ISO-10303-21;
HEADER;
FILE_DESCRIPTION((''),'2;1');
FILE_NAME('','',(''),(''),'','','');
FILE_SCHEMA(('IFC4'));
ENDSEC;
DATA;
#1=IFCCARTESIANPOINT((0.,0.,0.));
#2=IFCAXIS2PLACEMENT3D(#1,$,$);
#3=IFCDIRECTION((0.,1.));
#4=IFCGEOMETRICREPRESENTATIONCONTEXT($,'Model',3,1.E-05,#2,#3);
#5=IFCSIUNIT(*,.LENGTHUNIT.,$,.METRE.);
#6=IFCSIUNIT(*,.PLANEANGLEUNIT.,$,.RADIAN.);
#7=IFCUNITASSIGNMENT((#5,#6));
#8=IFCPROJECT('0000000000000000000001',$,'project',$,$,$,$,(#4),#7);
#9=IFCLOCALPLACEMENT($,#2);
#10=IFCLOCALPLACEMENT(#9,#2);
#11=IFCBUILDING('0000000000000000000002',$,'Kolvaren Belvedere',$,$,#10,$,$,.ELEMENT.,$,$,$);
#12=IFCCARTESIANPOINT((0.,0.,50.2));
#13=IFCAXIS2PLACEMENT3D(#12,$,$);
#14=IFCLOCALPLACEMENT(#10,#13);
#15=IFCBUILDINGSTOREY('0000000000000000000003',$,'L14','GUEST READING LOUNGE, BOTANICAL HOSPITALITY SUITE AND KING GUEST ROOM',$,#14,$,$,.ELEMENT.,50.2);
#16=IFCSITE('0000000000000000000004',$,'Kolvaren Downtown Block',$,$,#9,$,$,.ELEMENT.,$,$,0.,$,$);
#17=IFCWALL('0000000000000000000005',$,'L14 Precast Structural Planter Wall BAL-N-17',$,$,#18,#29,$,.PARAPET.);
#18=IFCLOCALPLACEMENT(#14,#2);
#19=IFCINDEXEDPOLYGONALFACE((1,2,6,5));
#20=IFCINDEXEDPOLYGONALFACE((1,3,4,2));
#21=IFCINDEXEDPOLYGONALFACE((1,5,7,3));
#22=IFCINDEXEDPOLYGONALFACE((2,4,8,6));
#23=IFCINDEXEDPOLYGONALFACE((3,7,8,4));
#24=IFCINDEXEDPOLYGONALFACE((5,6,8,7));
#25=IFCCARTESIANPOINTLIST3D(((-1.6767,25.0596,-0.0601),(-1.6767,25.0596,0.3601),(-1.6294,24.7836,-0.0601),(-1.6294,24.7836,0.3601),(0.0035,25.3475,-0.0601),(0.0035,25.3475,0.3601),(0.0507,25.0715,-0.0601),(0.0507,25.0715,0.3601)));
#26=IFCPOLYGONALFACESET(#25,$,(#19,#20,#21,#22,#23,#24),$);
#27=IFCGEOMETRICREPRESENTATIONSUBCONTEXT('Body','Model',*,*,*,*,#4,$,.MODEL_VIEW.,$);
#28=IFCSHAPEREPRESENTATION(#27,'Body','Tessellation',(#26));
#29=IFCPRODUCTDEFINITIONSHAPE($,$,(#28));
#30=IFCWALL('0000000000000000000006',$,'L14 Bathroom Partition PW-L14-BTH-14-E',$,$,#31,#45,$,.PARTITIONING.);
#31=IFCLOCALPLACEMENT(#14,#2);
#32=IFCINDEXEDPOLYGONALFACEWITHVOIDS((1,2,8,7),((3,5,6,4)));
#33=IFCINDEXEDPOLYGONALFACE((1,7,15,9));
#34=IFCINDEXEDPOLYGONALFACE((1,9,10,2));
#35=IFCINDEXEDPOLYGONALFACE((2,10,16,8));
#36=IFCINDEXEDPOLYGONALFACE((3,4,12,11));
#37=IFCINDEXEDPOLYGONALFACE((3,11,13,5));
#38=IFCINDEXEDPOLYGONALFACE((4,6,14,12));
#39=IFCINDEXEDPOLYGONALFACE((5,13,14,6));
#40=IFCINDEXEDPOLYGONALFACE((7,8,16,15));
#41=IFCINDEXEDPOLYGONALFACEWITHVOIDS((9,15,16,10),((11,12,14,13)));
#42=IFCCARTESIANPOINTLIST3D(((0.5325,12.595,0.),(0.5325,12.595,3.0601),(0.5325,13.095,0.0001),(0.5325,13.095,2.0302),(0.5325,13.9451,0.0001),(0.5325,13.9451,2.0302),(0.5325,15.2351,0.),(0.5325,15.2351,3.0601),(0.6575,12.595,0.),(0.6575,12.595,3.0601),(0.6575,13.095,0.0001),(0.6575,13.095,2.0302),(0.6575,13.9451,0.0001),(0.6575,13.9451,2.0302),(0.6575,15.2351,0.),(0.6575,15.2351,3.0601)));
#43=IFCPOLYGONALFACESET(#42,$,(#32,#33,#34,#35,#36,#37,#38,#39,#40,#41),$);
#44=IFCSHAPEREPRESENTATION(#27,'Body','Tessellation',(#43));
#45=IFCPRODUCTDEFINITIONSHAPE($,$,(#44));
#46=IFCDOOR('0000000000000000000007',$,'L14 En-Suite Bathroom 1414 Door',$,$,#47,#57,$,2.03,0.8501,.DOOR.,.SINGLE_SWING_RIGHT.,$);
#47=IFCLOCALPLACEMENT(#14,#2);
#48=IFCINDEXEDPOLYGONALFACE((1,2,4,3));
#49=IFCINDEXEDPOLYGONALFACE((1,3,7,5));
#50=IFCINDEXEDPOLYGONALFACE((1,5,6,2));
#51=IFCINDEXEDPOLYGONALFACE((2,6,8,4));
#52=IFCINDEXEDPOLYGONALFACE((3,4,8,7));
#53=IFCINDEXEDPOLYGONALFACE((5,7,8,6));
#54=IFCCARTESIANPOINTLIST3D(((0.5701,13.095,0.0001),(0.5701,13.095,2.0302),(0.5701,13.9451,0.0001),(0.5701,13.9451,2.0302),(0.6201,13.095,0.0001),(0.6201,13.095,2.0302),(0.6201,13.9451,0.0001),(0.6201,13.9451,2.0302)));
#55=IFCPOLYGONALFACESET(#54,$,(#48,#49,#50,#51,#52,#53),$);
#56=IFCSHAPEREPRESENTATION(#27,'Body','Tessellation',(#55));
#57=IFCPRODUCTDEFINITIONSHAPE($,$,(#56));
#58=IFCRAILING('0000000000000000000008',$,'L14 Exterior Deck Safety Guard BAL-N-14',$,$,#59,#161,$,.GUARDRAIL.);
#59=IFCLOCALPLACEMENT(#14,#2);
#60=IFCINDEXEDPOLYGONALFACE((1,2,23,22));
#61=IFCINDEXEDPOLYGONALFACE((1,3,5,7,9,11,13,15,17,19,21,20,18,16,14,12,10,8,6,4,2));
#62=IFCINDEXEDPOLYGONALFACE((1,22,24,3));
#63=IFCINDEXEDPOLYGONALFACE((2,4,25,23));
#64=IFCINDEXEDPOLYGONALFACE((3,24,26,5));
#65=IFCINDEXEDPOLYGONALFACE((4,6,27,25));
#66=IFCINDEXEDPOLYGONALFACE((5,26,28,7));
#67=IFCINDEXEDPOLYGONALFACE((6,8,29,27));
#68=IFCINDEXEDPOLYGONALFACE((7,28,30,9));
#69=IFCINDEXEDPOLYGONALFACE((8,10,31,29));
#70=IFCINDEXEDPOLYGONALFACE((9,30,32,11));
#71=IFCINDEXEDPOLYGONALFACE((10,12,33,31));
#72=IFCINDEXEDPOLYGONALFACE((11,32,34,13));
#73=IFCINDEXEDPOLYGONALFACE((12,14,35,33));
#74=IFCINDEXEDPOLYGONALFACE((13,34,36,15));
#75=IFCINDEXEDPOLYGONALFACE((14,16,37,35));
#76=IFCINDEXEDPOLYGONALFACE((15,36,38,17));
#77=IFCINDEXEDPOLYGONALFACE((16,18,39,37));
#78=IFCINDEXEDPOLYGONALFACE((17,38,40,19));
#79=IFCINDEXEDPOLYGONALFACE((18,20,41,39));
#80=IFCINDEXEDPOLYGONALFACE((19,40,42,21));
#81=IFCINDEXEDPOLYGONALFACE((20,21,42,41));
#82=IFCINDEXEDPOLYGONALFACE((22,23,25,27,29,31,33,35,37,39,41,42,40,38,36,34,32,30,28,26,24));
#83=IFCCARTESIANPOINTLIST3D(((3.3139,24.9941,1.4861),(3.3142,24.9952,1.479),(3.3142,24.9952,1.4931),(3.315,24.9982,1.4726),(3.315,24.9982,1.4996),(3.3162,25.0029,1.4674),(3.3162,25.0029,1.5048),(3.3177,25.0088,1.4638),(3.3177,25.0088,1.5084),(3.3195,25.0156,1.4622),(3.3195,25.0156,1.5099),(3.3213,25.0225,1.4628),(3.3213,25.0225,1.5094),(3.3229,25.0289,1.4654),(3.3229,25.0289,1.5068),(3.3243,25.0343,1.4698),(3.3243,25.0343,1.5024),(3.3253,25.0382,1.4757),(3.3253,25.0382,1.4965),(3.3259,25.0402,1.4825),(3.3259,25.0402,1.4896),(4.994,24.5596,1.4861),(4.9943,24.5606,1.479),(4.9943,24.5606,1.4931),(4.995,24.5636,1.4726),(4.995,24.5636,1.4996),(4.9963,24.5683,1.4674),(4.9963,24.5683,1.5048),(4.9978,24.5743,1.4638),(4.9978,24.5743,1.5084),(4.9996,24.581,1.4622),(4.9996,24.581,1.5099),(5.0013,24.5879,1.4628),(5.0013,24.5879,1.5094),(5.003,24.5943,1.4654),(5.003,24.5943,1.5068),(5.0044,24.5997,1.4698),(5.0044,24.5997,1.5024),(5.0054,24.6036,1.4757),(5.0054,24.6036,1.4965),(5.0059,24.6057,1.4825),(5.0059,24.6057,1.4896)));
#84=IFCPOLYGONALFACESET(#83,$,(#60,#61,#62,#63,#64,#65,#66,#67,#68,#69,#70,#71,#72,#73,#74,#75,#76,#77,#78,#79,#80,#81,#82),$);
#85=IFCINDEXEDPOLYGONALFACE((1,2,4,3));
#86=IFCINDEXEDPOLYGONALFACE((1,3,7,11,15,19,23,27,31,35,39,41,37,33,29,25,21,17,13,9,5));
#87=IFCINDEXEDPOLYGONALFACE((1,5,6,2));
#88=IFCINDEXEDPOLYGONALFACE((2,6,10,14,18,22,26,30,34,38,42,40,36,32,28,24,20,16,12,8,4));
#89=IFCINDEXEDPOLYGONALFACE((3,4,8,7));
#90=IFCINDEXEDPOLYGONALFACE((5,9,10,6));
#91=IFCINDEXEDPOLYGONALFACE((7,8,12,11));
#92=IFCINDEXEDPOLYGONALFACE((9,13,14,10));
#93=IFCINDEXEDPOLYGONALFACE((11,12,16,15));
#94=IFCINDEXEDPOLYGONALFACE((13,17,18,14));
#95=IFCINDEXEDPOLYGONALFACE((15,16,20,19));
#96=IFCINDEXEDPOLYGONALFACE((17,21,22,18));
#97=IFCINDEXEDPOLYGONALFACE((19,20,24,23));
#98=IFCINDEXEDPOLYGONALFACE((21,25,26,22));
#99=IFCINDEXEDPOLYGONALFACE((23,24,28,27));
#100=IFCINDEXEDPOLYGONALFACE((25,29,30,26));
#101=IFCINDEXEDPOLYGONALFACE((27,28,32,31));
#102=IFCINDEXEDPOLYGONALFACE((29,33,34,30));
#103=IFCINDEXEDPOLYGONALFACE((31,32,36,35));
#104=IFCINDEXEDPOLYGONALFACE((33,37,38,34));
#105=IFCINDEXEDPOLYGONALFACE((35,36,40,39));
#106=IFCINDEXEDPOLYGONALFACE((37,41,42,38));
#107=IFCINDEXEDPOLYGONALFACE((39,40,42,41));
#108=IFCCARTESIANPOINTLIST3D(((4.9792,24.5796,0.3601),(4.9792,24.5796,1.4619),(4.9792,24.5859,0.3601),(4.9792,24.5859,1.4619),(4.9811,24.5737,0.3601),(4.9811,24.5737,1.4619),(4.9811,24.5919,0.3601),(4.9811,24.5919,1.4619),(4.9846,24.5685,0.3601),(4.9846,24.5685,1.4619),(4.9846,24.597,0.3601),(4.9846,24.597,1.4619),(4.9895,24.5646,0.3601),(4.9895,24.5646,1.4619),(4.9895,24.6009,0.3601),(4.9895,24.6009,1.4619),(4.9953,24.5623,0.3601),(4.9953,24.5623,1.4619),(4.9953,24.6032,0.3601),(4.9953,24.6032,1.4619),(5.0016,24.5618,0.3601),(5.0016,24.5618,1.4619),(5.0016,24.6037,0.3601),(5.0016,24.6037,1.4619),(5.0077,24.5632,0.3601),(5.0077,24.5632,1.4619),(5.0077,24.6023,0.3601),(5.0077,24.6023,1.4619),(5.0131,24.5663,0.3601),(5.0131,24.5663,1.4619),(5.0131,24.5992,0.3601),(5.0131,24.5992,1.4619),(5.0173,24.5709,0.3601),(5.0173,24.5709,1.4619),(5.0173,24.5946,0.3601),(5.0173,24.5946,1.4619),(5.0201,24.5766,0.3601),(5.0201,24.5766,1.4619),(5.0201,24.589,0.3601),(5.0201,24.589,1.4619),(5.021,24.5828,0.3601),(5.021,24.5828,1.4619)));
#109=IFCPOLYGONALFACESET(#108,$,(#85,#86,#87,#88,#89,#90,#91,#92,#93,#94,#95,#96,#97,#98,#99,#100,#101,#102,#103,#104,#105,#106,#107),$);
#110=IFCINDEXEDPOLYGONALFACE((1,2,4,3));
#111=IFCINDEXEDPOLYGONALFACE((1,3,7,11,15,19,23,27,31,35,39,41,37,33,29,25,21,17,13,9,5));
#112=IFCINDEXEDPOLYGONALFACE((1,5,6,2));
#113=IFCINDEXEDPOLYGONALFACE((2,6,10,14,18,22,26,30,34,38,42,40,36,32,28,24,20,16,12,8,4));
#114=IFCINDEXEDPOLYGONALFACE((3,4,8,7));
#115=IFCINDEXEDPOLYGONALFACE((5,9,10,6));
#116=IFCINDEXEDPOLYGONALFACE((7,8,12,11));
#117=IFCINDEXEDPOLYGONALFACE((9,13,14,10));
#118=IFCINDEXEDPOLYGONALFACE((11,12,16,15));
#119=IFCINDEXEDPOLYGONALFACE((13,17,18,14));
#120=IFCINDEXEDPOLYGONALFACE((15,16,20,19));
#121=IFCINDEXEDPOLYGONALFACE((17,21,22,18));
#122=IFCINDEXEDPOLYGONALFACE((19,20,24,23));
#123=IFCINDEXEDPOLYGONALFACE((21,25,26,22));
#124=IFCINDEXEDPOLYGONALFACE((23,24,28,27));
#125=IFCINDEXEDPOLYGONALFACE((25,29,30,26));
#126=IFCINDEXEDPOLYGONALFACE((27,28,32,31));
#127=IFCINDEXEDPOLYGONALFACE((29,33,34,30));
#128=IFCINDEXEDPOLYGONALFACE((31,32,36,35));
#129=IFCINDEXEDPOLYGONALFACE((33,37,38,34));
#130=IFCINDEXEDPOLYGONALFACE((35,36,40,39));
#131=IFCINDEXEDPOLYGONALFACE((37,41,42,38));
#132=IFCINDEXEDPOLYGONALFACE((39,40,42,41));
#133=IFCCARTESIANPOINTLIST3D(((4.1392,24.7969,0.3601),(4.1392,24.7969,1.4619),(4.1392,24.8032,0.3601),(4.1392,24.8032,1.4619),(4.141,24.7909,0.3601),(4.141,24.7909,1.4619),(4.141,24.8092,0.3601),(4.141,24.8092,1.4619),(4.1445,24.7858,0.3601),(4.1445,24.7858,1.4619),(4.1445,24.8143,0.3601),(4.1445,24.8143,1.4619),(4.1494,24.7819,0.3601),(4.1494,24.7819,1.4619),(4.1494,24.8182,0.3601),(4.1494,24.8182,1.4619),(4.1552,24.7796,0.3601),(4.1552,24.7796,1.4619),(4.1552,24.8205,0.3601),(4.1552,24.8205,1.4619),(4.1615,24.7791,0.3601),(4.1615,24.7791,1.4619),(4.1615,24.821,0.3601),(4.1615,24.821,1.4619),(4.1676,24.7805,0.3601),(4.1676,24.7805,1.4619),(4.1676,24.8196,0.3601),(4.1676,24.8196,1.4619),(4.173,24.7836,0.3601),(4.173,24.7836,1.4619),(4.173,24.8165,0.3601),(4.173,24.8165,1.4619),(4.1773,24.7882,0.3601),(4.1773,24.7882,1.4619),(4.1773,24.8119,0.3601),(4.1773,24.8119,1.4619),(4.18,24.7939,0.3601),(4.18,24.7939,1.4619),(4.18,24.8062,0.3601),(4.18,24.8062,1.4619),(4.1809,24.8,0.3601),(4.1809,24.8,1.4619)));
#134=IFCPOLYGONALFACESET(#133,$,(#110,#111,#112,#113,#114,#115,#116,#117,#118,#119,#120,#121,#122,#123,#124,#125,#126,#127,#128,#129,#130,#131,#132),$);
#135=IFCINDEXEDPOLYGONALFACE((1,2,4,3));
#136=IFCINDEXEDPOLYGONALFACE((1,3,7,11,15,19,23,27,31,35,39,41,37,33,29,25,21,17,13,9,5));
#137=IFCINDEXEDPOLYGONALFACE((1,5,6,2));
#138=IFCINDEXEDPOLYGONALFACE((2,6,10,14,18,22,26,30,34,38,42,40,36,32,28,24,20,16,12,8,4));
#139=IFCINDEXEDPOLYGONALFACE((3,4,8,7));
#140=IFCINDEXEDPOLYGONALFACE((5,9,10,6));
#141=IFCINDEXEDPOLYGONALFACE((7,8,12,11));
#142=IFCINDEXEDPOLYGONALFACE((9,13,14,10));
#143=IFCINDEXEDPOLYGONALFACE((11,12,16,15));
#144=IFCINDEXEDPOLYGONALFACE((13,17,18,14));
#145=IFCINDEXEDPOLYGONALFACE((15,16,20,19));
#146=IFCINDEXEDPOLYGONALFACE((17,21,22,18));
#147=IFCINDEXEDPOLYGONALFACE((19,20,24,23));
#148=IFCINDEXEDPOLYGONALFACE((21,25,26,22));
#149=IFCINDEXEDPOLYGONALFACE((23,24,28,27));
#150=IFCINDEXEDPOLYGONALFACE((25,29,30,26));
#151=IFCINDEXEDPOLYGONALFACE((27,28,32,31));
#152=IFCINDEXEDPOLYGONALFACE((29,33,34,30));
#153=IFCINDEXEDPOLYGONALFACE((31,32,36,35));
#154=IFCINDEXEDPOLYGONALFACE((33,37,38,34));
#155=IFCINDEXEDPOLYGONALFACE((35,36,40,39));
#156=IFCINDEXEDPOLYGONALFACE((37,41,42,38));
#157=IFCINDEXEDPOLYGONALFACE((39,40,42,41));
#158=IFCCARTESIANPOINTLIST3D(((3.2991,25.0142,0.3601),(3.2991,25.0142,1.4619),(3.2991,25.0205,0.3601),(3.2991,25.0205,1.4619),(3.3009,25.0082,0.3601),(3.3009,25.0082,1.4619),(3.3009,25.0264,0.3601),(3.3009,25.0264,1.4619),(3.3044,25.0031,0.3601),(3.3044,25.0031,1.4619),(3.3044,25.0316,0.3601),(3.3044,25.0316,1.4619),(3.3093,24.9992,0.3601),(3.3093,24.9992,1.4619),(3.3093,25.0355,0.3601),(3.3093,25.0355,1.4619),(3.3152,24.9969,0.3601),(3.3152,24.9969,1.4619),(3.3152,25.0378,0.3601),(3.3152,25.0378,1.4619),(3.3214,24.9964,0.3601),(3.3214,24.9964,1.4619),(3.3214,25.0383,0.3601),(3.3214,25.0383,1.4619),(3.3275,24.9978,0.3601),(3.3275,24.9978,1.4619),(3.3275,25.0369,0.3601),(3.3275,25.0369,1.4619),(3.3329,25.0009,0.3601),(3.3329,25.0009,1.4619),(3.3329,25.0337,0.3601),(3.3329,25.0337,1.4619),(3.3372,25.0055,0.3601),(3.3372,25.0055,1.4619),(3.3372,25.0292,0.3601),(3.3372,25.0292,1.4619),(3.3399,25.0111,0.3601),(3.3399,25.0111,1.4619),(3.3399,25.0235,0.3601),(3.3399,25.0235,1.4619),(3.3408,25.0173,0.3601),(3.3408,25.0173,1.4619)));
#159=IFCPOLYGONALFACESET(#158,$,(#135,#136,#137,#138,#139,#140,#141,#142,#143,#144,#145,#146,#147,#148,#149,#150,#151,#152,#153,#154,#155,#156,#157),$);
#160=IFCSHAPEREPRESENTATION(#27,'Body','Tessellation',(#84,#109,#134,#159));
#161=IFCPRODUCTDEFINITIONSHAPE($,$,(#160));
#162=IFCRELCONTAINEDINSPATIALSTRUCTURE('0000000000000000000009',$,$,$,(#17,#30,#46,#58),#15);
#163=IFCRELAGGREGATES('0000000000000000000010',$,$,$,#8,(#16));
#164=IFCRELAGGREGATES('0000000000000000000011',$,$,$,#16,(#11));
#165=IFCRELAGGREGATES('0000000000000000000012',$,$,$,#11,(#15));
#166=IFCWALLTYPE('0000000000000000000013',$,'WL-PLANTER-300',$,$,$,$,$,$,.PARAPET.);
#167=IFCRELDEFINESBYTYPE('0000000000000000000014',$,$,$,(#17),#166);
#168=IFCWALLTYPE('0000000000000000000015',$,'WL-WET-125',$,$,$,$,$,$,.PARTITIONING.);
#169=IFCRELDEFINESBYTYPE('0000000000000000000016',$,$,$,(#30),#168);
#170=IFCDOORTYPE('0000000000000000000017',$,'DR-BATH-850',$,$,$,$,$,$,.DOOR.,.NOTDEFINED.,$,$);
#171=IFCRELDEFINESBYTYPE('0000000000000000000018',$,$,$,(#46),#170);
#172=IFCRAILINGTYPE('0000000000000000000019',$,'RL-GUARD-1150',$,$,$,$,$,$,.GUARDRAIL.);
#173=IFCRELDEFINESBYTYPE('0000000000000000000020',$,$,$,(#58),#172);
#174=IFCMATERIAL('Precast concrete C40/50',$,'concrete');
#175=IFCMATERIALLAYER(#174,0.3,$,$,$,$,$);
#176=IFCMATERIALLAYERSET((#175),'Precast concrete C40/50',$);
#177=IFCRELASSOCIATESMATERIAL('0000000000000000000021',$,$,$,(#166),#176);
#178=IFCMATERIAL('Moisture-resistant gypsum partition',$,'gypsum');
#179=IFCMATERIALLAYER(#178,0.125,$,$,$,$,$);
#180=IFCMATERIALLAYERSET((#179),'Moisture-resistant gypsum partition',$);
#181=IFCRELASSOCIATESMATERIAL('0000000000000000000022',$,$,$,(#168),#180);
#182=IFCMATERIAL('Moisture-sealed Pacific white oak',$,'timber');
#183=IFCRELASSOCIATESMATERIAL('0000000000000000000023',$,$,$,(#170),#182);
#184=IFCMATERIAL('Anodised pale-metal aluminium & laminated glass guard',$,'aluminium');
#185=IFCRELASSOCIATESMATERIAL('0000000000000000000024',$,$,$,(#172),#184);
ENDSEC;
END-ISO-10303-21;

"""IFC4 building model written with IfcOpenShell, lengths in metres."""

from ifc_helpers import new_model, si_unit, direction, frame, frame_2d, origin, origin_2d, place, context, subcontext, project, spatial, rectangle, circle, extrude, material, layer, layer_set, type_object, element, fill, save


model = new_model("IFC4")

# Units and contexts
model_context = context("Model", 3, precision=1e-05, world=origin(), true_north=direction((0.0, 1.0)))
body_context = subcontext(model_context, "Body", "Model", "MODEL_VIEW")
ifc_project = project(units=[si_unit("LENGTHUNIT", "METRE"), si_unit("PLANEANGLEUNIT", "RADIAN")], contexts=[model_context])

# Site, building, storey
site_placement = place(None, origin())
site = spatial("IfcSite", under=ifc_project, at=site_placement, Name="Kolvaren Downtown Block", CompositionType="ELEMENT", RefElevation=0.0)
building_placement = place(site_placement, origin())
building = spatial("IfcBuilding", under=site, at=building_placement, Name="Kolvaren Belvedere", CompositionType="ELEMENT")
storey_placement = place(building_placement, frame((0.0, 0.0, 50.2)))
storey = spatial("IfcBuildingStorey", under=building, at=storey_placement, Name="L14", Description="GUEST READING LOUNGE, BOTANICAL HOSPITALITY SUITE AND KING GUEST ROOM", CompositionType="ELEMENT", Elevation=50.2)

# Wall
ifc_material_1 = material(Name="Precast concrete C40/50", Category="concrete")
ifc_layer_1 = layer(ifc_material_1, 0.3)
ifc_layer_set_1 = layer_set([ifc_layer_1], Name="Precast concrete C40/50")
wall_type_1 = type_object("IfcWallType", Name="WL-PLANTER-300", PredefinedType="PARAPET", material=ifc_layer_set_1)
wall_1_placement = place(storey_placement, frame((0.0271, 25.2095, -0.0601), z_axis=(0.0, 0.0, 1.0), x_axis=(-0.985641, -0.168856, 0.0)))
element("IfcWall", 1, at=wall_1_placement, inside=storey, type_object=wall_type_1, Name="L14 Precast Structural Planter Wall BAL-N-17", PredefinedType="PARAPET", context=body_context, shape_type="SweptSolid", body=[
    extrude(rectangle(XDim=1.7046, YDim=0.28, at=frame_2d((0.8523, 0.0))), origin(), (0.0, 0.0, 1.0), 0.4202),
])

# Wall, opening, door
ifc_material_2 = material(Name="Moisture-resistant gypsum partition", Category="gypsum")
ifc_layer_2 = layer(ifc_material_2, 0.125)
ifc_layer_set_2 = layer_set([ifc_layer_2], Name="Moisture-resistant gypsum partition")
wall_type_2 = type_object("IfcWallType", Name="WL-WET-125", PredefinedType="PARTITIONING", material=ifc_layer_set_2)
wall_2_placement = place(storey_placement, frame((0.595, 12.595, 0.0), z_axis=(0.0, 0.0, 1.0), x_axis=(0.0, 1.0, 0.0)))
wall_2 = element("IfcWall", 2, at=wall_2_placement, inside=storey, type_object=wall_type_2, Name="L14 Bathroom Partition PW-L14-BTH-14-E", PredefinedType="PARTITIONING", context=body_context, shape_type="SweptSolid", body=[
    extrude(rectangle(XDim=2.6401, YDim=0.125, at=frame_2d((1.3201, 0.0))), origin(), (0.0, 0.0, 1.0), 3.0601),
])
opening_placement = place(wall_2_placement, frame((0.5, 0.0, 0.0)))
opening = element("IfcOpeningElement", 3, at=opening_placement, cuts=wall_2, PredefinedType="OPENING", context=body_context, shape_type="SweptSolid", body=[
    extrude(rectangle(XDim=0.8501, YDim=2.03, at=frame_2d((0.425, 1.0151))), frame((0.0, 0.0725, 0.0), z_axis=(0.0, -1.0, 0.0), x_axis=(1.0, 0.0, 0.0)), (0.0, 0.0, 1.0), 0.145),
])
ifc_material_3 = material(Name="Moisture-sealed Pacific white oak", Category="timber")
door_type = type_object("IfcDoorType", Name="DR-BATH-850", OperationType="NOTDEFINED", PredefinedType="DOOR", material=ifc_material_3)
door_placement = place(opening_placement, origin())
door = element("IfcDoor", 4, at=door_placement, inside=storey, type_object=door_type, Name="L14 En-Suite Bathroom 1414 Door", OperationType="SINGLE_SWING_RIGHT", OverallHeight=2.03, OverallWidth=0.8501, PredefinedType="DOOR", context=body_context, shape_type="SweptSolid", body=[
    extrude(rectangle(XDim=0.8501, YDim=2.03, at=frame_2d((0.425, 1.0151))), frame((0.0, 0.0249, 0.0), z_axis=(0.0, -1.0, 0.0), x_axis=(1.0, 0.0, 0.0)), (0.0, 0.0, 1.0), 0.05),
])
fill(opening, door)

# Railing
ifc_material_4 = material(Name="Anodised pale-metal aluminium & laminated glass guard", Category="aluminium")
railing_type = type_object("IfcRailingType", Name="RL-GUARD-1150", PredefinedType="GUARDRAIL", material=ifc_material_4)
railing_1_placement = place(storey_placement, frame((5.0, 24.5828, 0.3601)))
element("IfcRailing", 5, at=railing_1_placement, inside=storey, type_object=railing_type, Name="L14 Exterior Deck Safety Guard BAL-N-14", PredefinedType="GUARDRAIL", context=body_context, shape_type="SweptSolid", body=[
    extrude(circle(Radius=0.0239, at=origin_2d()), frame((0.0, 0.0, 1.126), z_axis=(-0.968141, 0.250406, 0.0), x_axis=(-0.250406, -0.968141, 0.0)), (0.0, 0.0, 1.0), 1.7354),
    extrude(circle(Radius=0.021, at=origin_2d()), origin(), (0.0, 0.0, 1.0), 1.1018),
    extrude(circle(Radius=0.021, at=origin_2d()), frame((-0.8401, 0.2173, 0.0)), (0.0, 0.0, 1.0), 1.1018),
    extrude(circle(Radius=0.021, at=origin_2d()), frame((-1.6802, 0.4346, 0.0)), (0.0, 0.0, 1.0), 1.1018),
])

save(model, "model.ifc")
